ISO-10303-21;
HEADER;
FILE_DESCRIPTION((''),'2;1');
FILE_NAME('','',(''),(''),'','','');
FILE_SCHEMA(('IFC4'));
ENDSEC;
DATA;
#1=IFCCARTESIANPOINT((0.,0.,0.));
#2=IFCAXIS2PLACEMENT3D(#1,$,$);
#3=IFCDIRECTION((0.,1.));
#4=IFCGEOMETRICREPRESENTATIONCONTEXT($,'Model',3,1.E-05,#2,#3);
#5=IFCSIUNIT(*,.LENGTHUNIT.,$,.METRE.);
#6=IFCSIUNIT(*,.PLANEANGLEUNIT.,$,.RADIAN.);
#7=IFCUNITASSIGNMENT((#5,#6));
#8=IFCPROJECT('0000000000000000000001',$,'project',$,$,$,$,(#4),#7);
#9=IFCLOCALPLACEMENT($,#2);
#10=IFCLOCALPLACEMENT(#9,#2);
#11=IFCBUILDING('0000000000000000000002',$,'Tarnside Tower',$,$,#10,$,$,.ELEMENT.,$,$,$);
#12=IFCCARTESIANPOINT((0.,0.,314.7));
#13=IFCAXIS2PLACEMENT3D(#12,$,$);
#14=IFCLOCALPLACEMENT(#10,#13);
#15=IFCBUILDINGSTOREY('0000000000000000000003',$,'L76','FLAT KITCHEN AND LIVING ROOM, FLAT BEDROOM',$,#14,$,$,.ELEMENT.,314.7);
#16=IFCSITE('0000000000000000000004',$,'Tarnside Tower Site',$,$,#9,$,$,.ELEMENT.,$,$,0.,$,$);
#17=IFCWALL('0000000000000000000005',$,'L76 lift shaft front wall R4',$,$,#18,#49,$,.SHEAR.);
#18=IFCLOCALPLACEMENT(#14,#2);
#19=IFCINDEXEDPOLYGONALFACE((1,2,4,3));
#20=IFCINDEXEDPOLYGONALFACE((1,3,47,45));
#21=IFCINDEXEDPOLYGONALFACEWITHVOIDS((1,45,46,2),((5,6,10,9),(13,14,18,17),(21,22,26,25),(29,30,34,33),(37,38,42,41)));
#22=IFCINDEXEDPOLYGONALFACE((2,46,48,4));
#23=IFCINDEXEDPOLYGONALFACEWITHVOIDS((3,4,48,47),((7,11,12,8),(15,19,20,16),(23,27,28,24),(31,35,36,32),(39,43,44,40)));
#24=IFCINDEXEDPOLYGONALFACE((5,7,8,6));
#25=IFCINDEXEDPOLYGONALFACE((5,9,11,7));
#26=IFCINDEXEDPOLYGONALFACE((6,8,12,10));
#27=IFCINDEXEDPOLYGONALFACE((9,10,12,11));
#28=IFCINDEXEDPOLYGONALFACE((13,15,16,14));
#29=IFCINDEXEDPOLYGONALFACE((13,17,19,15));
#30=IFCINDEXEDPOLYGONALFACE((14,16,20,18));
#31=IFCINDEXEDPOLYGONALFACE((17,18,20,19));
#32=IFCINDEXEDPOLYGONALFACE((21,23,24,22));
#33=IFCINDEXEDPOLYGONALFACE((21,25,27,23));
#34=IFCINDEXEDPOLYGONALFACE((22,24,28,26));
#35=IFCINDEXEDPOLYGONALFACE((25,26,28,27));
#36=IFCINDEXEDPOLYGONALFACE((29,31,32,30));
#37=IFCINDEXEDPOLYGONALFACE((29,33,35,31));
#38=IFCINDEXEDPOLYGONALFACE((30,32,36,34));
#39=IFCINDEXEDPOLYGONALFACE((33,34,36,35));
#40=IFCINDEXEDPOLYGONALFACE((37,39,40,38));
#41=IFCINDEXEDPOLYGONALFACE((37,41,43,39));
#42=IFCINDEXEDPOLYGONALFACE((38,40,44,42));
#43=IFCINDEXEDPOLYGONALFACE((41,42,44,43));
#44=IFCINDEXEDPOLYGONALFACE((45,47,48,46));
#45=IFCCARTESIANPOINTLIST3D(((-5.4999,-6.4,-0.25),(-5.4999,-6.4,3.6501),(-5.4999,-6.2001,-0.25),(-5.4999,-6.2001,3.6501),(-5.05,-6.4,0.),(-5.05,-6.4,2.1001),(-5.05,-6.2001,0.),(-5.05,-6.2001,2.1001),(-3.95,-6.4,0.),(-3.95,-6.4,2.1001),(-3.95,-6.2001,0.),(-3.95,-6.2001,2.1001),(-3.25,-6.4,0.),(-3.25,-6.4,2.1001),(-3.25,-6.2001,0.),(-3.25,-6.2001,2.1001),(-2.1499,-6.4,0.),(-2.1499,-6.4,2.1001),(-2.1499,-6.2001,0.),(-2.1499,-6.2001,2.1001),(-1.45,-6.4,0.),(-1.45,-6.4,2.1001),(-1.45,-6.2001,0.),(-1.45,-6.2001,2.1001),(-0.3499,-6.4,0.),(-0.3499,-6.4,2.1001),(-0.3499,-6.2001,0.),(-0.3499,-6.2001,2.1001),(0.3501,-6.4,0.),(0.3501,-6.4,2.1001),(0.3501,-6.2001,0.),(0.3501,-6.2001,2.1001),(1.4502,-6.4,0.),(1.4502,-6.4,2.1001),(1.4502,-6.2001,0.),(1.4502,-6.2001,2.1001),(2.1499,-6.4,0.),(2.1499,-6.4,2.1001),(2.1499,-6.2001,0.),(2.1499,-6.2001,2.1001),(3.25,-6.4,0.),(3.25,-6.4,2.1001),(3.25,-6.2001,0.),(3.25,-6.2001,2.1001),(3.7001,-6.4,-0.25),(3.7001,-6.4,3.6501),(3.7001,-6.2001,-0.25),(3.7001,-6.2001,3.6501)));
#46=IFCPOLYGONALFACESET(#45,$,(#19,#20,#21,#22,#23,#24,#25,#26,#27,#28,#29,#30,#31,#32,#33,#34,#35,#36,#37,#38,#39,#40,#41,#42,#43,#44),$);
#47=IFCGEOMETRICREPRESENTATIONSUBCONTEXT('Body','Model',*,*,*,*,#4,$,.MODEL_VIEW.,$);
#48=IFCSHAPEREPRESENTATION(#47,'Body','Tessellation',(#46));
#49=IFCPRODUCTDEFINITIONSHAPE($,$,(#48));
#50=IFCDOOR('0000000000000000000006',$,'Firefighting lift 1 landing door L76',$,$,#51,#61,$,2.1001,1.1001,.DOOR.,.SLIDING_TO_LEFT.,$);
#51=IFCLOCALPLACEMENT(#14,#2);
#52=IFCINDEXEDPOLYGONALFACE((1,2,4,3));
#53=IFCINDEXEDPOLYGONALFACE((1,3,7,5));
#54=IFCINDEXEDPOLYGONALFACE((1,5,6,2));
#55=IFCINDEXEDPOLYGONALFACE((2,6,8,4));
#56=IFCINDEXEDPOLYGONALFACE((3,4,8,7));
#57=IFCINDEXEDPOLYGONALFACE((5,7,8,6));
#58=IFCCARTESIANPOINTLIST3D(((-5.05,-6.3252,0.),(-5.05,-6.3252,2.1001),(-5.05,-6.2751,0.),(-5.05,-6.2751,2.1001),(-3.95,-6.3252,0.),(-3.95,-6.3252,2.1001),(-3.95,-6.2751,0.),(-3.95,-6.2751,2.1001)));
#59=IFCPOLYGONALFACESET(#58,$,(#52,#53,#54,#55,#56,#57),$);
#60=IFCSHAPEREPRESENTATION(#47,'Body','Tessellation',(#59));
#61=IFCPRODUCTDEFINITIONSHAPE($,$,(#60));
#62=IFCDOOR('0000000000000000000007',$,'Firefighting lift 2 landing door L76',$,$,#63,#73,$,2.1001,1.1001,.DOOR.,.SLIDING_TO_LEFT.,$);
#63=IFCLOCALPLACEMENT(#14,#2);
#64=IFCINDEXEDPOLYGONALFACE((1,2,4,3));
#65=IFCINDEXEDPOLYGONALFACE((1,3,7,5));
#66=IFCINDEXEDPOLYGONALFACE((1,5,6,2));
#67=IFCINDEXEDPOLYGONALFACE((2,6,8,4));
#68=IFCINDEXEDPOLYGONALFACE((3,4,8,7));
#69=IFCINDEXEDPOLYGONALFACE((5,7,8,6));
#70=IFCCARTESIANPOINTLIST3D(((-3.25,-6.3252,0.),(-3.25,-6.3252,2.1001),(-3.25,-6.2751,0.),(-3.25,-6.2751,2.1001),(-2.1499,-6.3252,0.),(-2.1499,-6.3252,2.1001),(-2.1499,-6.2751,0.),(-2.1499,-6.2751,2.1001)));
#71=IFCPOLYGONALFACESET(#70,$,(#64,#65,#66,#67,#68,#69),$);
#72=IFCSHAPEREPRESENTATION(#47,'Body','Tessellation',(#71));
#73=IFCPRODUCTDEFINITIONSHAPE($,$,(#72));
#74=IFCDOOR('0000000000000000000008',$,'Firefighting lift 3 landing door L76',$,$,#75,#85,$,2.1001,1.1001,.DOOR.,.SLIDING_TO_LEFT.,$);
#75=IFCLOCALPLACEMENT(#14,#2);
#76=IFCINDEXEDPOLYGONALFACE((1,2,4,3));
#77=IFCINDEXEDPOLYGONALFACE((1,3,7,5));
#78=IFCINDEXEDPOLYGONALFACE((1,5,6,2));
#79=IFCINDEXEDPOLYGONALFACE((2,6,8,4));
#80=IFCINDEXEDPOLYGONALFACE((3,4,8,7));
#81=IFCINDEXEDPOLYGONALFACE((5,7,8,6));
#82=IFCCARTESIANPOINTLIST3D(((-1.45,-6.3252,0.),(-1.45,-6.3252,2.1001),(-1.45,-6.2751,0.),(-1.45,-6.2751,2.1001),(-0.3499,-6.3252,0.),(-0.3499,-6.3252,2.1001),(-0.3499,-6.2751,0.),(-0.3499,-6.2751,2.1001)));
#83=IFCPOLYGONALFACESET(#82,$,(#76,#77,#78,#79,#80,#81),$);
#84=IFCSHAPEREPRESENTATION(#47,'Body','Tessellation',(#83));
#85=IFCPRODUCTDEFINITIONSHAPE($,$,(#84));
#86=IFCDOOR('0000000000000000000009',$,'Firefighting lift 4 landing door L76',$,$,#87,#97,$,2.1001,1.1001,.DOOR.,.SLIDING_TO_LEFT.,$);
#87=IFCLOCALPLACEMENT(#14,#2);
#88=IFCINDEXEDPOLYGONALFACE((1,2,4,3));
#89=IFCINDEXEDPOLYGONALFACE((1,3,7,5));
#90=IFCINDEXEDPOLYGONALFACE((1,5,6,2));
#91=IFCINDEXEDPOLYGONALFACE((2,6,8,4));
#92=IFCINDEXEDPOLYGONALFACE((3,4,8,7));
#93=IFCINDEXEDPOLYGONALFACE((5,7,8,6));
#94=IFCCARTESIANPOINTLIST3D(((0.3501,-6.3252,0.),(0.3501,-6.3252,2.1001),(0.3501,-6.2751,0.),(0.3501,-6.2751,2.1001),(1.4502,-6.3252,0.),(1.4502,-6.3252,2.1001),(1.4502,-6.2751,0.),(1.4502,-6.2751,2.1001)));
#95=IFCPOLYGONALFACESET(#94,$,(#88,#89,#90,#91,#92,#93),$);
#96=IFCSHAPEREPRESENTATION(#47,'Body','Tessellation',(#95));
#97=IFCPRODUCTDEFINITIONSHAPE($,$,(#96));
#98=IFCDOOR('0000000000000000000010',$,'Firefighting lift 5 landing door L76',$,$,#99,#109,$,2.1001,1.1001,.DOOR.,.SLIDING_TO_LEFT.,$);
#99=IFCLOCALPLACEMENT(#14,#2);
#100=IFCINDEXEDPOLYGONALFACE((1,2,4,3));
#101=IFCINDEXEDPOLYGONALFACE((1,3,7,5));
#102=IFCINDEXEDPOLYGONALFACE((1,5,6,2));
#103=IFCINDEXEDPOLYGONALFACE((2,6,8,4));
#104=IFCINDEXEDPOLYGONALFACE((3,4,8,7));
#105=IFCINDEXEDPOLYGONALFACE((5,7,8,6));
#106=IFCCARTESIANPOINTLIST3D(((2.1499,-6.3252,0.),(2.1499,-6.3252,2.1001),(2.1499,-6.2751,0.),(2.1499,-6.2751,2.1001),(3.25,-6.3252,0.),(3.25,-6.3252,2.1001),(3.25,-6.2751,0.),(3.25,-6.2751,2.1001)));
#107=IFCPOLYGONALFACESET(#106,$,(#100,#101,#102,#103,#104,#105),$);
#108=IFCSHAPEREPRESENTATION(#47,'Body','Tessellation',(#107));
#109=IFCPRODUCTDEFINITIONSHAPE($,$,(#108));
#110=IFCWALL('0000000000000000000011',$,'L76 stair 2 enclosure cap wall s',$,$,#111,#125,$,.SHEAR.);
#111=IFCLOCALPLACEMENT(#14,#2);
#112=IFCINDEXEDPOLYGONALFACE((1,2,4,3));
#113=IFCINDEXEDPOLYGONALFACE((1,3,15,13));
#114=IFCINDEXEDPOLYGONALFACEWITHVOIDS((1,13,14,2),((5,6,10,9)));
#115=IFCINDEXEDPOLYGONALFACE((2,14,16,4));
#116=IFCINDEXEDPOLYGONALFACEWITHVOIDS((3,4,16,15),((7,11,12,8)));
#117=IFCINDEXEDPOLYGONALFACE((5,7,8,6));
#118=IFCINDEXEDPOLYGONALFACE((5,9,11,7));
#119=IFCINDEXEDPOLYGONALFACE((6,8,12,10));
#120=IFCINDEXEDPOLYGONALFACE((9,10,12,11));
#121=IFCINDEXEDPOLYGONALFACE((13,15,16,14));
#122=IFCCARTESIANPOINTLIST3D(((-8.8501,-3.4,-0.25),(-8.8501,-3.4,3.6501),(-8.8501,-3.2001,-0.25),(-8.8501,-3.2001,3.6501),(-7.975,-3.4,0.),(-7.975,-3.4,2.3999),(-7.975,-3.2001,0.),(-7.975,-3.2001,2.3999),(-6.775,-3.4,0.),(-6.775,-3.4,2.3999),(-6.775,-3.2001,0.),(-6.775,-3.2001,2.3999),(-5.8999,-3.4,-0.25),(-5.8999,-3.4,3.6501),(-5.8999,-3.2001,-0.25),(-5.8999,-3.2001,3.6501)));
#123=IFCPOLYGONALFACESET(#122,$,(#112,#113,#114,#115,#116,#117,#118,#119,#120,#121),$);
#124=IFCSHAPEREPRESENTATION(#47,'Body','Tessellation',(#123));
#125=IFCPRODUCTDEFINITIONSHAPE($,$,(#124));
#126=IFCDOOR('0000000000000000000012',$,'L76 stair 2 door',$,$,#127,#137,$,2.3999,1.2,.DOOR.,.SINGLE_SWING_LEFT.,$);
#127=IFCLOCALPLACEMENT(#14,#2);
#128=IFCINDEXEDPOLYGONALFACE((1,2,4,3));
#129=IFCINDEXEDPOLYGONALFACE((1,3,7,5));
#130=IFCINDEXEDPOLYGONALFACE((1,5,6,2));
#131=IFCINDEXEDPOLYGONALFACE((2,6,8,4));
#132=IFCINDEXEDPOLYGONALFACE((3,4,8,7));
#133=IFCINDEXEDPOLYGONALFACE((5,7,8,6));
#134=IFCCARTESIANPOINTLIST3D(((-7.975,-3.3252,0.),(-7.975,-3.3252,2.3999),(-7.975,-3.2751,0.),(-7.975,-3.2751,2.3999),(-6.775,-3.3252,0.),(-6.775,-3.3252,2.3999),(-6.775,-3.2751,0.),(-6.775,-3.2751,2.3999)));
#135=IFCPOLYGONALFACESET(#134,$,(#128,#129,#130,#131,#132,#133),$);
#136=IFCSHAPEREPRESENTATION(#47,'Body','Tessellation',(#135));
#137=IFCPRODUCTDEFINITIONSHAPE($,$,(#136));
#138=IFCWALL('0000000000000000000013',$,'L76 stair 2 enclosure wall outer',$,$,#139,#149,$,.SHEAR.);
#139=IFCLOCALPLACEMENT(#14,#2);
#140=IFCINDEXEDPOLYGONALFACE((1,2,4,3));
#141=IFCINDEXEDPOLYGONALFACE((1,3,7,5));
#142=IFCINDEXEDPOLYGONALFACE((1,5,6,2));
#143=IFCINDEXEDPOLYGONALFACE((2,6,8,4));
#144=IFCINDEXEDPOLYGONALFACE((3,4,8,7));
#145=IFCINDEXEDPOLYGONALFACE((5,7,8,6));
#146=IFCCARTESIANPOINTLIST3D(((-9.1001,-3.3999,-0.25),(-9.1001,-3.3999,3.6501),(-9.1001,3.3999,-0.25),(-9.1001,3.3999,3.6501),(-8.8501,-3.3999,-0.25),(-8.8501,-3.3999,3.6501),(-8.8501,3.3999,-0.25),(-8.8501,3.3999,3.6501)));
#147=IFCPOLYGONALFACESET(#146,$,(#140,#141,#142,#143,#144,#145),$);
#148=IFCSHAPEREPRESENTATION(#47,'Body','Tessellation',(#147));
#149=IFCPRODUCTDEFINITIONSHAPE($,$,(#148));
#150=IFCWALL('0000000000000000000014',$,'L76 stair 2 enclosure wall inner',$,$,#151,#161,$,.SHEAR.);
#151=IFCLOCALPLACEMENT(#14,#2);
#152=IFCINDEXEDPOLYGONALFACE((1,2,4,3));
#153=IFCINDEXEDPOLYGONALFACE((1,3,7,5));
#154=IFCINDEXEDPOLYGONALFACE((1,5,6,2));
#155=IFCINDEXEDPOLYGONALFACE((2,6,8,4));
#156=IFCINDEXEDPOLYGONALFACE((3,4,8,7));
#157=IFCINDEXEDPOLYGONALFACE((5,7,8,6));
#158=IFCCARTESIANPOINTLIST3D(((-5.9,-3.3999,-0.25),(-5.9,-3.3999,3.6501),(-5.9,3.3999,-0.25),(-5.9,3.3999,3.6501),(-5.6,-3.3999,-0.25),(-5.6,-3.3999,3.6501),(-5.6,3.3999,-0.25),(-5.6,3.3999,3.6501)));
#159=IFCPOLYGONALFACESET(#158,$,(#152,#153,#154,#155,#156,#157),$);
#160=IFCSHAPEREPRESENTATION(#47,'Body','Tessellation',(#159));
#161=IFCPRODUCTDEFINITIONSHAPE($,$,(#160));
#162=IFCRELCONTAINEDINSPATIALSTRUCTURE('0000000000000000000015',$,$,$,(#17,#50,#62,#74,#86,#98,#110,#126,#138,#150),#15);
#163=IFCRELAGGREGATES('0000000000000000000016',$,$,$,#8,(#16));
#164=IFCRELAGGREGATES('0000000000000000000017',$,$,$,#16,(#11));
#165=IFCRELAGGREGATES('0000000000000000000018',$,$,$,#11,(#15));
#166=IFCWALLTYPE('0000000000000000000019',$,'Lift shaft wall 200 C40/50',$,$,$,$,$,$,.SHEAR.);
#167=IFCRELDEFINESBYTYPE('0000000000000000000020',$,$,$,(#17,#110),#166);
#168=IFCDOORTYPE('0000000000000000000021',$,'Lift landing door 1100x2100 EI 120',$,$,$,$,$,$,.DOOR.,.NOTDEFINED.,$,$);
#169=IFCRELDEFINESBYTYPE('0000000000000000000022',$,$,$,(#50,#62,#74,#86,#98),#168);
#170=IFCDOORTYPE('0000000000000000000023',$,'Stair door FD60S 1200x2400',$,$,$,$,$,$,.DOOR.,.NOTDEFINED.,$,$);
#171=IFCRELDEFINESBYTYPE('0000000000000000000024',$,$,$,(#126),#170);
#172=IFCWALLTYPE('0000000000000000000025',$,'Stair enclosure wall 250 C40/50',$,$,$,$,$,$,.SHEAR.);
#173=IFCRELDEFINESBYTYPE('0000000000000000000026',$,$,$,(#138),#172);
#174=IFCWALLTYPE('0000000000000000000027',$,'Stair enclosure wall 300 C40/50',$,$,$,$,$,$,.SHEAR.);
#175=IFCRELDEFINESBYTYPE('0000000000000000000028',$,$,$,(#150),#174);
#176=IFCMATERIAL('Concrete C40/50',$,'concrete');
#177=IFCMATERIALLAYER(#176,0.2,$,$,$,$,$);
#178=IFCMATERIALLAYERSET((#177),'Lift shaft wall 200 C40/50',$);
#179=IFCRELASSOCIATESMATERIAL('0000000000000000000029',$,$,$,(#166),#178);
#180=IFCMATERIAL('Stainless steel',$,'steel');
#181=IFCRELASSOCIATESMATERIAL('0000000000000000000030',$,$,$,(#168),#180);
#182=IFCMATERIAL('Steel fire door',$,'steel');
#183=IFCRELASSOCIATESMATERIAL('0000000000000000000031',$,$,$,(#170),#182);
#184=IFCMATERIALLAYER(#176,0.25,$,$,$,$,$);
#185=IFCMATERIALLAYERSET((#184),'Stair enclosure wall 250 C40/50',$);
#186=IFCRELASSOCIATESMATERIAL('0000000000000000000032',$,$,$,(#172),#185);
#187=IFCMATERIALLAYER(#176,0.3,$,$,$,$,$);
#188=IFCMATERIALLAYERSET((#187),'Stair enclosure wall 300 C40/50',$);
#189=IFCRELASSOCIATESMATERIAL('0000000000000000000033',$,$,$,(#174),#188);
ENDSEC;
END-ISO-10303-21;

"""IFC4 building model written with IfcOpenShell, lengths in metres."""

from ifc_helpers import new_model, si_unit, direction, frame, frame_2d, origin, place, context, subcontext, project, spatial, rectangle, extrude, material, layer, layer_set, type_object, element, fill, save


model = new_model("IFC4")

# Units and contexts
model_context = context("Model", 3, precision=1e-05, world=origin(), true_north=direction((0.0, 1.0)))
body_context = subcontext(model_context, "Body", "Model", "MODEL_VIEW")
ifc_project = project(units=[si_unit("LENGTHUNIT", "METRE"), si_unit("PLANEANGLEUNIT", "RADIAN")], contexts=[model_context])

# Site, building, storey
site_placement = place(None, origin())
site = spatial("IfcSite", under=ifc_project, at=site_placement, Name="Tarnside Tower Site", CompositionType="ELEMENT", RefElevation=0.0)
building_placement = place(site_placement, origin())
building = spatial("IfcBuilding", under=site, at=building_placement, Name="Tarnside Tower", CompositionType="ELEMENT")
storey_placement = place(building_placement, frame((0.0, 0.0, 314.7)))
storey = spatial("IfcBuildingStorey", under=building, at=storey_placement, Name="L76", Description="FLAT KITCHEN AND LIVING ROOM, FLAT BEDROOM", CompositionType="ELEMENT", Elevation=314.7)

# Shared definitions
ifc_material_1 = material(Name="Concrete C40/50", Category="concrete")

# Shared definitions
ifc_material_2 = material(Name="Steel fire door", Category="steel")

# Wall, openings, doors
ifc_layer_1 = layer(ifc_material_1, 0.2)
ifc_layer_set_1 = layer_set([ifc_layer_1], Name="Lift shaft wall 200 C40/50")
wall_type_1 = type_object("IfcWallType", Name="Lift shaft wall 200 C40/50", PredefinedType="SHEAR", material=ifc_layer_set_1)
wall_1_placement = place(storey_placement, frame((-5.5, -6.3, -0.25), z_axis=(0.0, 0.0, 1.0), x_axis=(1.0, 0.0, 0.0)))
wall_1 = element("IfcWall", 1, at=wall_1_placement, inside=storey, type_object=wall_type_1, Name="L76 lift shaft front wall R4", PredefinedType="SHEAR", context=body_context, shape_type="SweptSolid", body=[
    extrude(rectangle(XDim=9.2, YDim=0.2, at=frame_2d((4.6001, 0.0))), origin(), (0.0, 0.0, 1.0), 3.9001),
])
opening_1_placement = place(wall_1_placement, frame((0.45, 0.0, 0.25)))
opening_1 = element("IfcOpeningElement", 2, at=opening_1_placement, cuts=wall_1, PredefinedType="OPENING", context=body_context, shape_type="SweptSolid", body=[
    extrude(rectangle(XDim=1.1001, YDim=2.1001, at=frame_2d((0.55, 1.05))), frame((0.0, 0.1099, 0.0), z_axis=(0.0, -1.0, 0.0), x_axis=(1.0, 0.0, 0.0)), (0.0, 0.0, 1.0), 0.22),
])
opening_2_placement = place(wall_1_placement, frame((2.25, 0.0, 0.25)))
opening_2 = element("IfcOpeningElement", 3, at=opening_2_placement, cuts=wall_1, PredefinedType="OPENING", context=body_context, shape_type="SweptSolid", body=[
    extrude(rectangle(XDim=1.1001, YDim=2.1001, at=frame_2d((0.55, 1.05))), frame((0.0, 0.1099, 0.0), z_axis=(0.0, -1.0, 0.0), x_axis=(1.0, 0.0, 0.0)), (0.0, 0.0, 1.0), 0.22),
])
opening_3_placement = place(wall_1_placement, frame((4.05, 0.0, 0.25)))
opening_3 = element("IfcOpeningElement", 4, at=opening_3_placement, cuts=wall_1, PredefinedType="OPENING", context=body_context, shape_type="SweptSolid", body=[
    extrude(rectangle(XDim=1.1001, YDim=2.1001, at=frame_2d((0.55, 1.05))), frame((0.0, 0.1099, 0.0), z_axis=(0.0, -1.0, 0.0), x_axis=(1.0, 0.0, 0.0)), (0.0, 0.0, 1.0), 0.22),
])
opening_4_placement = place(wall_1_placement, frame((5.8501, 0.0, 0.25)))
opening_4 = element("IfcOpeningElement", 5, at=opening_4_placement, cuts=wall_1, PredefinedType="OPENING", context=body_context, shape_type="SweptSolid", body=[
    extrude(rectangle(XDim=1.1001, YDim=2.1001, at=frame_2d((0.55, 1.05))), frame((0.0, 0.1099, 0.0), z_axis=(0.0, -1.0, 0.0), x_axis=(1.0, 0.0, 0.0)), (0.0, 0.0, 1.0), 0.22),
])
opening_5_placement = place(wall_1_placement, frame((7.6499, 0.0, 0.25)))
opening_5 = element("IfcOpeningElement", 6, at=opening_5_placement, cuts=wall_1, PredefinedType="OPENING", context=body_context, shape_type="SweptSolid", body=[
    extrude(rectangle(XDim=1.1001, YDim=2.1001, at=frame_2d((0.55, 1.05))), frame((0.0, 0.1099, 0.0), z_axis=(0.0, -1.0, 0.0), x_axis=(1.0, 0.0, 0.0)), (0.0, 0.0, 1.0), 0.22),
])
ifc_material_3 = material(Name="Stainless steel", Category="steel")
door_type_1 = type_object("IfcDoorType", Name="Lift landing door 1100x2100 EI 120", OperationType="NOTDEFINED", PredefinedType="DOOR", material=ifc_material_3)
door_1_placement = place(opening_1_placement, origin())
door_1 = element("IfcDoor", 7, at=door_1_placement, inside=storey, type_object=door_type_1, Name="Firefighting lift 1 landing door L76", OperationType="SLIDING_TO_LEFT", OverallHeight=2.1001, OverallWidth=1.1001, PredefinedType="DOOR", context=body_context, shape_type="SweptSolid", body=[
    extrude(rectangle(XDim=1.1001, YDim=2.1001, at=frame_2d((0.55, 1.05))), frame((0.0, 0.0249, 0.0), z_axis=(0.0, -1.0, 0.0), x_axis=(1.0, 0.0, 0.0)), (0.0, 0.0, 1.0), 0.05),
])
fill(opening_1, door_1)
door_2_placement = place(opening_2_placement, origin())
door_2 = element("IfcDoor", 8, at=door_2_placement, inside=storey, type_object=door_type_1, Name="Firefighting lift 2 landing door L76", OperationType="SLIDING_TO_LEFT", OverallHeight=2.1001, OverallWidth=1.1001, PredefinedType="DOOR", context=body_context, shape_type="SweptSolid", body=[
    extrude(rectangle(XDim=1.1001, YDim=2.1001, at=frame_2d((0.55, 1.05))), frame((0.0, 0.0249, 0.0), z_axis=(0.0, -1.0, 0.0), x_axis=(1.0, 0.0, 0.0)), (0.0, 0.0, 1.0), 0.05),
])
fill(opening_2, door_2)
door_3_placement = place(opening_3_placement, origin())
door_3 = element("IfcDoor", 9, at=door_3_placement, inside=storey, type_object=door_type_1, Name="Firefighting lift 3 landing door L76", OperationType="SLIDING_TO_LEFT", OverallHeight=2.1001, OverallWidth=1.1001, PredefinedType="DOOR", context=body_context, shape_type="SweptSolid", body=[
    extrude(rectangle(XDim=1.1001, YDim=2.1001, at=frame_2d((0.55, 1.05))), frame((0.0, 0.0249, 0.0), z_axis=(0.0, -1.0, 0.0), x_axis=(1.0, 0.0, 0.0)), (0.0, 0.0, 1.0), 0.05),
])
fill(opening_3, door_3)
door_4_placement = place(opening_4_placement, origin())
door_4 = element("IfcDoor", 10, at=door_4_placement, inside=storey, type_object=door_type_1, Name="Firefighting lift 4 landing door L76", OperationType="SLIDING_TO_LEFT", OverallHeight=2.1001, OverallWidth=1.1001, PredefinedType="DOOR", context=body_context, shape_type="SweptSolid", body=[
    extrude(rectangle(XDim=1.1001, YDim=2.1001, at=frame_2d((0.55, 1.05))), frame((0.0, 0.0249, 0.0), z_axis=(0.0, -1.0, 0.0), x_axis=(1.0, 0.0, 0.0)), (0.0, 0.0, 1.0), 0.05),
])
fill(opening_4, door_4)
door_5_placement = place(opening_5_placement, origin())
door_5 = element("IfcDoor", 11, at=door_5_placement, inside=storey, type_object=door_type_1, Name="Firefighting lift 5 landing door L76", OperationType="SLIDING_TO_LEFT", OverallHeight=2.1001, OverallWidth=1.1001, PredefinedType="DOOR", context=body_context, shape_type="SweptSolid", body=[
    extrude(rectangle(XDim=1.1001, YDim=2.1001, at=frame_2d((0.55, 1.05))), frame((0.0, 0.0249, 0.0), z_axis=(0.0, -1.0, 0.0), x_axis=(1.0, 0.0, 0.0)), (0.0, 0.0, 1.0), 0.05),
])
fill(opening_5, door_5)

# Wall, opening, door
wall_2_placement = place(storey_placement, frame((-8.8501, -3.3, -0.25), z_axis=(0.0, 0.0, 1.0), x_axis=(1.0, 0.0, 0.0)))
wall_2 = element("IfcWall", 12, at=wall_2_placement, inside=storey, type_object=wall_type_1, Name="L76 stair 2 enclosure cap wall s", PredefinedType="SHEAR", context=body_context, shape_type="SweptSolid", body=[
    extrude(rectangle(XDim=2.9502, YDim=0.2, at=frame_2d((1.4751, 0.0))), origin(), (0.0, 0.0, 1.0), 3.9001),
])
opening_6_placement = place(wall_2_placement, frame((0.875, 0.0, 0.25)))
opening_6 = element("IfcOpeningElement", 13, at=opening_6_placement, cuts=wall_2, PredefinedType="OPENING", context=body_context, shape_type="SweptSolid", body=[
    extrude(rectangle(XDim=1.2, YDim=2.3999, at=frame_2d((0.6001, 1.2))), frame((0.0, 0.1099, 0.0), z_axis=(0.0, -1.0, 0.0), x_axis=(1.0, 0.0, 0.0)), (0.0, 0.0, 1.0), 0.22),
])
door_type_2 = type_object("IfcDoorType", Name="Stair door FD60S 1200x2400", OperationType="NOTDEFINED", PredefinedType="DOOR", material=ifc_material_2)
door_6_placement = place(opening_6_placement, origin())
door_6 = element("IfcDoor", 14, at=door_6_placement, inside=storey, type_object=door_type_2, Name="L76 stair 2 door", OperationType="SINGLE_SWING_LEFT", OverallHeight=2.3999, OverallWidth=1.2, PredefinedType="DOOR", context=body_context, shape_type="SweptSolid", body=[
    extrude(rectangle(XDim=1.2, YDim=2.3999, at=frame_2d((0.6001, 1.2))), frame((0.0, 0.0249, 0.0), z_axis=(0.0, -1.0, 0.0), x_axis=(1.0, 0.0, 0.0)), (0.0, 0.0, 1.0), 0.05),
])
fill(opening_6, door_6)

# Walls
ifc_layer_2 = layer(ifc_material_1, 0.25)
ifc_layer_set_2 = layer_set([ifc_layer_2], Name="Stair enclosure wall 250 C40/50")
wall_type_2 = type_object("IfcWallType", Name="Stair enclosure wall 250 C40/50", PredefinedType="SHEAR", material=ifc_layer_set_2)
wall_3_placement = place(storey_placement, frame((-8.9751, -3.3999, -0.25), z_axis=(0.0, 0.0, 1.0), x_axis=(0.0, 1.0, 0.0)))
element("IfcWall", 15, at=wall_3_placement, inside=storey, type_object=wall_type_2, Name="L76 stair 2 enclosure wall outer", PredefinedType="SHEAR", context=body_context, shape_type="SweptSolid", body=[
    extrude(rectangle(XDim=6.7998, YDim=0.25, at=frame_2d((3.3999, 0.0))), origin(), (0.0, 0.0, 1.0), 3.9001),
])
ifc_layer_3 = layer(ifc_material_1, 0.3)
ifc_layer_set_3 = layer_set([ifc_layer_3], Name="Stair enclosure wall 300 C40/50")
wall_type_3 = type_object("IfcWallType", Name="Stair enclosure wall 300 C40/50", PredefinedType="SHEAR", material=ifc_layer_set_3)
wall_4_placement = place(storey_placement, frame((-5.75, -3.3999, -0.25), z_axis=(0.0, 0.0, 1.0), x_axis=(0.0, 1.0, 0.0)))
element("IfcWall", 16, at=wall_4_placement, inside=storey, type_object=wall_type_3, Name="L76 stair 2 enclosure wall inner", PredefinedType="SHEAR", context=body_context, shape_type="SweptSolid", body=[
    extrude(rectangle(XDim=6.7998, YDim=0.3, at=frame_2d((3.3999, 0.0))), origin(), (0.0, 0.0, 1.0), 3.9001),
])

save(model, "model.ifc")
